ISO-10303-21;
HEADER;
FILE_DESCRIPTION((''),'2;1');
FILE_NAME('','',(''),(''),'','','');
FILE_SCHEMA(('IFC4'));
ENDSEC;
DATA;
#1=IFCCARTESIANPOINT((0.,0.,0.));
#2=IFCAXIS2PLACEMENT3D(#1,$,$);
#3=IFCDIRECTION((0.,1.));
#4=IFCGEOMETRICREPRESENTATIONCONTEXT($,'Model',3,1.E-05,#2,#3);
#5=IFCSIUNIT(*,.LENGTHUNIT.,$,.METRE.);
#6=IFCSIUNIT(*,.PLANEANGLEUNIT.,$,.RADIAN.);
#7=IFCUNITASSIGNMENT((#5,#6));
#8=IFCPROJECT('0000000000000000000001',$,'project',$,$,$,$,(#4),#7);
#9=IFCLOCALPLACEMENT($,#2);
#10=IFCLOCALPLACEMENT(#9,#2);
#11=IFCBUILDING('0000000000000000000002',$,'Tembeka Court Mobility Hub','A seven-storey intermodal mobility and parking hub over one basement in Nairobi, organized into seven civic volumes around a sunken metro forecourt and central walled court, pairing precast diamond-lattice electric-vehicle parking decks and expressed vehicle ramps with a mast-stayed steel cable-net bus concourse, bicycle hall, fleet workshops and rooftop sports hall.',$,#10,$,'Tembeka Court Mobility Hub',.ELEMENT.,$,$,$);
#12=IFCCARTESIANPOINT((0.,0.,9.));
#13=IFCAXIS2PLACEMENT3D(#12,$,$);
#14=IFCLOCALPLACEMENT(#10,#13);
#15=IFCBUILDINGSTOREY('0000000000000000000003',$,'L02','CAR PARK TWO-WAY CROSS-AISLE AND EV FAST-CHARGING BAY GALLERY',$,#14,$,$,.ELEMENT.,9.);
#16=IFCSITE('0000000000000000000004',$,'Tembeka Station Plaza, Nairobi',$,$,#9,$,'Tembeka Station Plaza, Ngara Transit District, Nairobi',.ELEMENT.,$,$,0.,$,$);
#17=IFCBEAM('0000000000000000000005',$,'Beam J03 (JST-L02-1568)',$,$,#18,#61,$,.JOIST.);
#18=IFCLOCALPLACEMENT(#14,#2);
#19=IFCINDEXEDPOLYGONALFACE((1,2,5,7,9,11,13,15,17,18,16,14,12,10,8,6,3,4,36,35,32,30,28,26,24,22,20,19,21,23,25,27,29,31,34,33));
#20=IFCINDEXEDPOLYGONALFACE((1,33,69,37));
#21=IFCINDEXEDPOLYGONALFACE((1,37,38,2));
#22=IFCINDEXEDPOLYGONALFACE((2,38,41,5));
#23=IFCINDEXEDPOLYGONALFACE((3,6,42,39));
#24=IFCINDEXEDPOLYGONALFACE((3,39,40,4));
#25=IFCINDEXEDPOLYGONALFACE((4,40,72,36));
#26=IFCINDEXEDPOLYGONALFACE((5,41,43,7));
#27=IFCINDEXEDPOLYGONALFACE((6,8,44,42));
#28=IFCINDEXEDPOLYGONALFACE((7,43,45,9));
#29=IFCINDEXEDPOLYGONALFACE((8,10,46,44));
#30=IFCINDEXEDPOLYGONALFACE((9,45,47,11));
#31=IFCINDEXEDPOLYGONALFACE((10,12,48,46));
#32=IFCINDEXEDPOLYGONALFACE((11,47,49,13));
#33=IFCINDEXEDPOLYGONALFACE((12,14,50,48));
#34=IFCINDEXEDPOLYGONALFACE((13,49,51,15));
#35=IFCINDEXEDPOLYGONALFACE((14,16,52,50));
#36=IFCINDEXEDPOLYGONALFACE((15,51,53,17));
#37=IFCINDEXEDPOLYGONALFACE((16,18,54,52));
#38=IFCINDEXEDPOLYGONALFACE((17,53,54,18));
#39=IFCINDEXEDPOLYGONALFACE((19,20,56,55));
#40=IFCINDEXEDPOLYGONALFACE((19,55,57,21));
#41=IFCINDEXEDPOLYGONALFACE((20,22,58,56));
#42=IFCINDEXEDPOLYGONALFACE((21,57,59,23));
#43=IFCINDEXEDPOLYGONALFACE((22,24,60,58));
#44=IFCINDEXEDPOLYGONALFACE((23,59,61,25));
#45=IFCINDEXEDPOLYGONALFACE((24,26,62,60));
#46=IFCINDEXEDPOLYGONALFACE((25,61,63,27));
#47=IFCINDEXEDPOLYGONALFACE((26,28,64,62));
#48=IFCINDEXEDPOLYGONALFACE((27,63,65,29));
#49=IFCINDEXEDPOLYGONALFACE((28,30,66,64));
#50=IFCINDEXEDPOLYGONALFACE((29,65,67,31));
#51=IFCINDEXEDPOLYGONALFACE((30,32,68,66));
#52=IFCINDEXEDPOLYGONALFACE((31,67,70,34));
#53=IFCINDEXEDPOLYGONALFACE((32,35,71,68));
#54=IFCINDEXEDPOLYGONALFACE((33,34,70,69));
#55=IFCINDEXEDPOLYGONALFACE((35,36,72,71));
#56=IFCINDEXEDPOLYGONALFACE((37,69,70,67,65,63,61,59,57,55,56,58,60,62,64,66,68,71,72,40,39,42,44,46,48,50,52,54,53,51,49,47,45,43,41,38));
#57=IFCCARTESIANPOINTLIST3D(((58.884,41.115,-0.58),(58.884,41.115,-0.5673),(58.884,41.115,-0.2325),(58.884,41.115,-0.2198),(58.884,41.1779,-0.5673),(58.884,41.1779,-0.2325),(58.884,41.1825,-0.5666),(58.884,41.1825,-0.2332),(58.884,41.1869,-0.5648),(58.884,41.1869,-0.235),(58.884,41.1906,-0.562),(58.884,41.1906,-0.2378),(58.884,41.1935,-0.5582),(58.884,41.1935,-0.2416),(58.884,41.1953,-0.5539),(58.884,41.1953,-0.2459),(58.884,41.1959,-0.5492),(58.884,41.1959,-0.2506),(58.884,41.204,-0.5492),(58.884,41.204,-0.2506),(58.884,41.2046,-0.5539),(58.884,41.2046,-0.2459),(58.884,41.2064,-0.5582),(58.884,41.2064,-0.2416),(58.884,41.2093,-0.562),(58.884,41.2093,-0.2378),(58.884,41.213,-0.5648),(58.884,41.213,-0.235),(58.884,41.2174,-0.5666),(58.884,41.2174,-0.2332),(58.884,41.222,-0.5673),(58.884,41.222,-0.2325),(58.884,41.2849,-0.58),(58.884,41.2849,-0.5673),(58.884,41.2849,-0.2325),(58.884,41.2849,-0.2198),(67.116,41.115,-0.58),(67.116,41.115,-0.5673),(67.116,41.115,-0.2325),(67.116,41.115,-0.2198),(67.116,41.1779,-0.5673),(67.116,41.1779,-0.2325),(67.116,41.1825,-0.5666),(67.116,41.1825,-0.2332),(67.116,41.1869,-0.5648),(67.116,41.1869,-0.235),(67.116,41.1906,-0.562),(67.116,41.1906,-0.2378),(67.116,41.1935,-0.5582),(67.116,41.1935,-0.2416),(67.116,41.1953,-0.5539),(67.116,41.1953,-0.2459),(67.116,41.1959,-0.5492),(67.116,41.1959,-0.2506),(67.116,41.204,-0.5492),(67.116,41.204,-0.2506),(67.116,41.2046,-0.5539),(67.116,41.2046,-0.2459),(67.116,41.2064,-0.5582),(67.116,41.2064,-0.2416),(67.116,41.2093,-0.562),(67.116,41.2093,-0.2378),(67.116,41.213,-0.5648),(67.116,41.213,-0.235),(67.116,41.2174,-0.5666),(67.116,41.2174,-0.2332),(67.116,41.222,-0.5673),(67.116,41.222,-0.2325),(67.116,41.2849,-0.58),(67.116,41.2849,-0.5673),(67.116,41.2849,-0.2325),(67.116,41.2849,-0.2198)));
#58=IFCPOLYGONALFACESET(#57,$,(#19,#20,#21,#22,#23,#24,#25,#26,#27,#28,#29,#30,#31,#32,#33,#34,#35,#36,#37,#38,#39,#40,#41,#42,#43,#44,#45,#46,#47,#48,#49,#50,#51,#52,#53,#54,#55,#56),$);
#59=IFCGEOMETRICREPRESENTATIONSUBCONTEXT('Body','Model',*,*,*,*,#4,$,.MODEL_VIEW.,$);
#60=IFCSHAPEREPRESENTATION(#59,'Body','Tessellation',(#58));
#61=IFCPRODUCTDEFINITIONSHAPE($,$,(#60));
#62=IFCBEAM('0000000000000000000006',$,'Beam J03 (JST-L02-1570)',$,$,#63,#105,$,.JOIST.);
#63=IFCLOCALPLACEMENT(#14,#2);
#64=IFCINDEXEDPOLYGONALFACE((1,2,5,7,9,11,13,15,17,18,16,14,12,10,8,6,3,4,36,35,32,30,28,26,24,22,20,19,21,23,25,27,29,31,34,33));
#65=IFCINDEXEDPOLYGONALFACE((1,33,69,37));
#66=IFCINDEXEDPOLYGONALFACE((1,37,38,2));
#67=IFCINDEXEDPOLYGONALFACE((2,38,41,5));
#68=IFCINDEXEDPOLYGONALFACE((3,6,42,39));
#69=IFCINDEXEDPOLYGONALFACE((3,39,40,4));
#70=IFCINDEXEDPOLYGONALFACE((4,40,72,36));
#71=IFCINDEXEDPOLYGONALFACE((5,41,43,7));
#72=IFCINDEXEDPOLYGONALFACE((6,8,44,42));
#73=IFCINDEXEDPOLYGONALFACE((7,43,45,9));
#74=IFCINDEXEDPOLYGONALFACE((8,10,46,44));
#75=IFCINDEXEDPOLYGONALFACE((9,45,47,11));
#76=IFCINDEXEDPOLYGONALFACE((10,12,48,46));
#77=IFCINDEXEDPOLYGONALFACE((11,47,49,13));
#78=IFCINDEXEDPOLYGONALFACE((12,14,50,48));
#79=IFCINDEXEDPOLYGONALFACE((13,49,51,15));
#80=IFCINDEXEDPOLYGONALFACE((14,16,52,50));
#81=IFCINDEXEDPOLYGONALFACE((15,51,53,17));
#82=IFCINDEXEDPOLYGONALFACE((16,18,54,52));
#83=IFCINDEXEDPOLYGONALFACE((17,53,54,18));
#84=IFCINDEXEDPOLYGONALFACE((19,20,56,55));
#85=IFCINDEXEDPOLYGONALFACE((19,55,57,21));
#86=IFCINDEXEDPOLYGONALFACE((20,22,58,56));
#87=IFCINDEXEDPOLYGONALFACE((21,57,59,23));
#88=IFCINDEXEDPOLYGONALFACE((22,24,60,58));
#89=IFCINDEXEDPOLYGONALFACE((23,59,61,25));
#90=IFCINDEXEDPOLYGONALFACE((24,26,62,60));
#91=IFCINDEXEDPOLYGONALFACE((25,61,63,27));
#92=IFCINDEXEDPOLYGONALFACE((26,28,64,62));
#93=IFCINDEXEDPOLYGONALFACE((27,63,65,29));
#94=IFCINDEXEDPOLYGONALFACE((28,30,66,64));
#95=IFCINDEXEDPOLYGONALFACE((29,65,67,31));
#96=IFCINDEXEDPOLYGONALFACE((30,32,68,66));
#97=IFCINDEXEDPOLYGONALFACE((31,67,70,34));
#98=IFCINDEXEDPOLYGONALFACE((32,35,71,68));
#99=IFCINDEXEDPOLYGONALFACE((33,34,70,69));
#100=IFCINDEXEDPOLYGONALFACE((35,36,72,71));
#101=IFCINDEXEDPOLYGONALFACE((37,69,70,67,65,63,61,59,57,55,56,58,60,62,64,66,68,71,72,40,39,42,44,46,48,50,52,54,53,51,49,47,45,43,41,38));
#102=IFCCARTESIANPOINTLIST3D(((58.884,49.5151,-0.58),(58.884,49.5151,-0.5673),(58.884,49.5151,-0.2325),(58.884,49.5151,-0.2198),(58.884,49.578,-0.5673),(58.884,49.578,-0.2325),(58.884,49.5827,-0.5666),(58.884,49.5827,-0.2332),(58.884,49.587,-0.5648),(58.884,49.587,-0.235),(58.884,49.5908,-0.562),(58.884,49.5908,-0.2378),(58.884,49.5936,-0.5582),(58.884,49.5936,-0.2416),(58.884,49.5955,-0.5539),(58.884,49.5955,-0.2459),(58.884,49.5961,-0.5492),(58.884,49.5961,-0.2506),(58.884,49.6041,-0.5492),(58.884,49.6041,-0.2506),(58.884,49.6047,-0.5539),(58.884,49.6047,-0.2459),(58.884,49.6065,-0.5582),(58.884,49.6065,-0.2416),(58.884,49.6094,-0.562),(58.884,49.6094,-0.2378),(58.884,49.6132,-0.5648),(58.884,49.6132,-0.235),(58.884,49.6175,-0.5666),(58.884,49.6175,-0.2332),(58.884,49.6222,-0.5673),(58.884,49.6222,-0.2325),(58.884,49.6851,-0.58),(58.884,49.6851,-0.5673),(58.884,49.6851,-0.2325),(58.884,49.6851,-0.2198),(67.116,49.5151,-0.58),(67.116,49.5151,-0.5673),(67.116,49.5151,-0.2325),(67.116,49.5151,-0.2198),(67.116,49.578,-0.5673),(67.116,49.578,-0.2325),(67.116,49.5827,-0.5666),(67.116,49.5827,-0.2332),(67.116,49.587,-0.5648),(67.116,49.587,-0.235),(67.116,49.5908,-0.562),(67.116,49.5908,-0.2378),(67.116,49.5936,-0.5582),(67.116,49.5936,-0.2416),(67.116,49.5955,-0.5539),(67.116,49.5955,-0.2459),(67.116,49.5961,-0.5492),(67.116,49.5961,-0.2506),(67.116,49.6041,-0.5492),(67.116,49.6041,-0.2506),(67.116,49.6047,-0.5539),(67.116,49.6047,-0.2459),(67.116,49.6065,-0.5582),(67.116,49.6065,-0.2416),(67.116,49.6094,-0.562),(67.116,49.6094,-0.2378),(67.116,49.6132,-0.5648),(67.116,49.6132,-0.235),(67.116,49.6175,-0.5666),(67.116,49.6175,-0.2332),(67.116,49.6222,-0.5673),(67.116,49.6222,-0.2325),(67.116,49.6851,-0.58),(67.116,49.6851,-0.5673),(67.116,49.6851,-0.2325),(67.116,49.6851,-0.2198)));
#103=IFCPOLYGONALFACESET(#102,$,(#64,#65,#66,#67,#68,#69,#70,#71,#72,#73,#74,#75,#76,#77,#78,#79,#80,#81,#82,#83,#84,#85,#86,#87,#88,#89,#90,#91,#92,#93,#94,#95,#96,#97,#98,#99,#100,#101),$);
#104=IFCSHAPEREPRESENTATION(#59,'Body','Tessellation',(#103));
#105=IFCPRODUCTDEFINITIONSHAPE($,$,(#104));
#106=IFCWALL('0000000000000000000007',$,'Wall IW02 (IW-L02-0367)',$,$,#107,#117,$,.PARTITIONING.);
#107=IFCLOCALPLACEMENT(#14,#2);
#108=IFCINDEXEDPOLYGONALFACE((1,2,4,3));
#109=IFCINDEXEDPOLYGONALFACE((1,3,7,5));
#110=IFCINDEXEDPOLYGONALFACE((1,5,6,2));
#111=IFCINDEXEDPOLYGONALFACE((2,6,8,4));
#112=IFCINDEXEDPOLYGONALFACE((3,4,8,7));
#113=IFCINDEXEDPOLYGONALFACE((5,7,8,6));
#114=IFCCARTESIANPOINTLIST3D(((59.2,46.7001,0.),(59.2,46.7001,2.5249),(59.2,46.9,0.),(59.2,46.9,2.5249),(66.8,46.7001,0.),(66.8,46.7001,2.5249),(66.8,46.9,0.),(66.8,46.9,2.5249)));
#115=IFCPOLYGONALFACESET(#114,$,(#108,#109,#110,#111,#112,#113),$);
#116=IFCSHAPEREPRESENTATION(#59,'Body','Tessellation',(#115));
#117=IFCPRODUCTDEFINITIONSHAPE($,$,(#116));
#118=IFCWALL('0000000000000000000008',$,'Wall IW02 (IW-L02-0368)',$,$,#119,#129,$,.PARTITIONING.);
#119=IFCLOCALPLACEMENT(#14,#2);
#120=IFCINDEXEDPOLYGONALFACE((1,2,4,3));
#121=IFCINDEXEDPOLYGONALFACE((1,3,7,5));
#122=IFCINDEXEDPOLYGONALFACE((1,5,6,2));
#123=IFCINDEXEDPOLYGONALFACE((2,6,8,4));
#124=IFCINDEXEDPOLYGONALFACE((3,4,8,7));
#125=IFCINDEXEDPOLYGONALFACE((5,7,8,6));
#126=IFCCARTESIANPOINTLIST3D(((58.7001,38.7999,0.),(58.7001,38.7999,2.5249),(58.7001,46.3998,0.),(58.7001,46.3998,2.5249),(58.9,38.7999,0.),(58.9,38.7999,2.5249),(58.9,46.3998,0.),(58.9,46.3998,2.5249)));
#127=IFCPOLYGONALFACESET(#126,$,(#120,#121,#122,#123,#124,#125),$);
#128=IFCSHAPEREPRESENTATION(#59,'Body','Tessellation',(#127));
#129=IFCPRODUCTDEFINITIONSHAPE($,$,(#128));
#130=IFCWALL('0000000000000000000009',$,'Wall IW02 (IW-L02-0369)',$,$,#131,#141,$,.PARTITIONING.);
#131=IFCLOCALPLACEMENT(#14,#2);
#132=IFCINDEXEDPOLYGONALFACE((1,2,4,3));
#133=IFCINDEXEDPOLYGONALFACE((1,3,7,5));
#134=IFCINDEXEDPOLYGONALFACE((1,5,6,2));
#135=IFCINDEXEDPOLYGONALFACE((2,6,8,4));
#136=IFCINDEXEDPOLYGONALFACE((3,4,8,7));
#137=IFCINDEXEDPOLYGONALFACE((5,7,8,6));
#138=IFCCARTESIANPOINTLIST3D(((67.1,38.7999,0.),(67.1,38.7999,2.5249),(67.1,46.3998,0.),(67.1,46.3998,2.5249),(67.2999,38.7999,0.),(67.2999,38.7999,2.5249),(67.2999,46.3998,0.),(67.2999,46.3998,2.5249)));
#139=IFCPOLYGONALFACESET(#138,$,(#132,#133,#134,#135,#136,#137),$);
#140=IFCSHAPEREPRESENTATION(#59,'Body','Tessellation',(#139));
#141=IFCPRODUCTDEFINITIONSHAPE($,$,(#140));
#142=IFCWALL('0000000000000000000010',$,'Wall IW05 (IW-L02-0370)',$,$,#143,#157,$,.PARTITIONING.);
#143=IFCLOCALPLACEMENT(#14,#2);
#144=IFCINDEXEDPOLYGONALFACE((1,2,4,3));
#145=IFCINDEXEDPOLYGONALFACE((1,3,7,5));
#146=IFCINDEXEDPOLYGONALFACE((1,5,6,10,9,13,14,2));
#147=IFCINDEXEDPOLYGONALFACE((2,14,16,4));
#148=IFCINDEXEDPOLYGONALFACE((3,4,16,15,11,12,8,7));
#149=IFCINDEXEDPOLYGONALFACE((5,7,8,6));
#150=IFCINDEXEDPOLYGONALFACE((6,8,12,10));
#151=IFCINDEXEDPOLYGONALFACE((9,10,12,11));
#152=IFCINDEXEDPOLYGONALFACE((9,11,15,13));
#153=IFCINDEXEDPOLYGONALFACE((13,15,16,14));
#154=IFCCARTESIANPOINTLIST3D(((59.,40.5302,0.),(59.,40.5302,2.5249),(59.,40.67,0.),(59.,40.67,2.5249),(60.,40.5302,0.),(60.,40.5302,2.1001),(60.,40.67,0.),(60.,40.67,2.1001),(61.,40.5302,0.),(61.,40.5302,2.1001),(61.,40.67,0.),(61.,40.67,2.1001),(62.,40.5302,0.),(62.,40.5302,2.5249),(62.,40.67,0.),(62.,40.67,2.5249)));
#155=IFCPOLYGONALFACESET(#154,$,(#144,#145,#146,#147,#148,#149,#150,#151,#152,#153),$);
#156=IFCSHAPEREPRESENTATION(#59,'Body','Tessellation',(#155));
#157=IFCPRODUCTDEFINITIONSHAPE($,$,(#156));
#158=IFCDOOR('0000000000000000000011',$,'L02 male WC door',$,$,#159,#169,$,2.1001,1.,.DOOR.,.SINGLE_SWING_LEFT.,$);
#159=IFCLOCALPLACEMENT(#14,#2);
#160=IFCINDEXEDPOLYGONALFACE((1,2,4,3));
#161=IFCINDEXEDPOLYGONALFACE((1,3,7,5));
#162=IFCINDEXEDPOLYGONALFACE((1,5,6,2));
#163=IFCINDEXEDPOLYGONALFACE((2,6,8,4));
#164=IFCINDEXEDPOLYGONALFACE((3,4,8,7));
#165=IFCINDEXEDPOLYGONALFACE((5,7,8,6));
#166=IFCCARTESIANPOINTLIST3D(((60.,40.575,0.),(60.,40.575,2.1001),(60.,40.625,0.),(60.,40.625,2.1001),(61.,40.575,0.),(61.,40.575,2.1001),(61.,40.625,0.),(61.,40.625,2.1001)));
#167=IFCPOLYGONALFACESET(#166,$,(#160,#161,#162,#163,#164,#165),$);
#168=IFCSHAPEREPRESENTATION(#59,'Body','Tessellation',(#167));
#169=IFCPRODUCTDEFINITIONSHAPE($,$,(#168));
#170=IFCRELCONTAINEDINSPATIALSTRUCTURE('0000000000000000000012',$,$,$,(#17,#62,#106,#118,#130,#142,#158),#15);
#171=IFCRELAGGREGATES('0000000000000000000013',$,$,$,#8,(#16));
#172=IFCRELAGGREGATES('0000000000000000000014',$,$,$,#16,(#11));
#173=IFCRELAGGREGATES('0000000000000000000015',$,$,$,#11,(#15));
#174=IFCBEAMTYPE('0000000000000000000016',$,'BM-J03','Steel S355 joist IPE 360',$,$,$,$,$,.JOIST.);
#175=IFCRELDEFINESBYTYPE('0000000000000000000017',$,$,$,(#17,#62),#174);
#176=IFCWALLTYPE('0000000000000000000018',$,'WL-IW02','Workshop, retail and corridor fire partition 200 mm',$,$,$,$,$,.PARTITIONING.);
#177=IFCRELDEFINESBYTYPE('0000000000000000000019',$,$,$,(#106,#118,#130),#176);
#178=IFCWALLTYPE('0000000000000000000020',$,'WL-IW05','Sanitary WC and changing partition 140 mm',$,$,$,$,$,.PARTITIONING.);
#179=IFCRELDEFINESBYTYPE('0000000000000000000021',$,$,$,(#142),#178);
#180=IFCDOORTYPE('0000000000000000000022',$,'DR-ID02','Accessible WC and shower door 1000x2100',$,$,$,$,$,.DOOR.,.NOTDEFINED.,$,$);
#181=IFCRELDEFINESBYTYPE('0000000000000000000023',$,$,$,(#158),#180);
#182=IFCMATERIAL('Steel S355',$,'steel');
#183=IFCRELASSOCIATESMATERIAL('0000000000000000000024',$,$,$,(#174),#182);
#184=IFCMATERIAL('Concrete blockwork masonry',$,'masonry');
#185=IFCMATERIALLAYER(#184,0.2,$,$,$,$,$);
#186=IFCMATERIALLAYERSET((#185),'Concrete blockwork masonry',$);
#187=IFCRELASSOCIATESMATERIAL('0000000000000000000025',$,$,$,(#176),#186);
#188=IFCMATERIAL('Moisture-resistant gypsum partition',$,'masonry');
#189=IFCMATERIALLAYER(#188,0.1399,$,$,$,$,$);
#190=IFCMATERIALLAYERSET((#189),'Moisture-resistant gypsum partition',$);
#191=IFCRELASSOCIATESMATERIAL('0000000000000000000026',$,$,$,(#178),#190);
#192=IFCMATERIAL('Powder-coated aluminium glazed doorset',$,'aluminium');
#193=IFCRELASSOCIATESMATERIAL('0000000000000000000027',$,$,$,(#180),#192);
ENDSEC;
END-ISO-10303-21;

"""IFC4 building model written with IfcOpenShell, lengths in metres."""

from ifc_helpers import new_model, si_unit, direction, frame, frame_2d, origin, origin_2d, place, context, subcontext, project, spatial, rectangle, i_section, extrude, material, layer, layer_set, material_profile, profile_set, type_object, element, fill, save


model = new_model("IFC4")

# Units and contexts
model_context = context("Model", 3, precision=1e-05, world=origin(), true_north=direction((0.0, 1.0)))
body_context = subcontext(model_context, "Body", "Model", "MODEL_VIEW")
ifc_project = project(units=[si_unit("LENGTHUNIT", "METRE"), si_unit("PLANEANGLEUNIT", "RADIAN")], contexts=[model_context])

# Site, building, storey
site_placement = place(None, origin())
site = spatial("IfcSite", under=ifc_project, at=site_placement, Name="Tembeka Station Plaza, Nairobi", LongName="Tembeka Station Plaza, Ngara Transit District, Nairobi", CompositionType="ELEMENT", RefElevation=0.0)
building_placement = place(site_placement, origin())
building = spatial("IfcBuilding", under=site, at=building_placement, Name="Tembeka Court Mobility Hub", Description="A seven-storey intermodal mobility and parking hub over one basement in Nairobi, organized into seven civic volumes around a sunken metro forecourt and central walled court, pairing precast diamond-lattice electric-vehicle parking decks and expressed vehicle ramps with a mast-stayed steel cable-net bus concourse, bicycle hall, fleet workshops and rooftop sports hall.", LongName="Tembeka Court Mobility Hub", CompositionType="ELEMENT")
storey_placement = place(building_placement, frame((0.0, 0.0, 9.0)))
storey = spatial("IfcBuildingStorey", under=building, at=storey_placement, Name="L02", Description="CAR PARK TWO-WAY CROSS-AISLE AND EV FAST-CHARGING BAY GALLERY", CompositionType="ELEMENT", Elevation=9.0)

# Shared definitions
ifc_material_1 = material(Name="Steel S355", Category="steel")

# Beams
ifc_material_profile_1 = material_profile(ifc_material_1, i_section(OverallWidth=0.1699, OverallDepth=0.3601, WebThickness=0.0081, FlangeThickness=0.0127, FilletRadius=0.0181, at=origin_2d()), Name="IPE 360")
ifc_profile_set_1 = profile_set([ifc_material_profile_1], Name="Steel S355")
beam_type_1 = type_object("IfcBeamType", Name="BM-J03", Description="Steel S355 joist IPE 360", PredefinedType="JOIST", material=ifc_profile_set_1)
for number, where, z_axis, x_axis, name in (
    (1, (58.884, 41.2, -0.3999), (1.0, 0.0, 0.0), (0.0, 1.0, 0.0), "Beam J03 (JST-L02-1568)"),
    (2, (58.884, 49.6001, -0.3999), (1.0, 0.0, 0.0), (0.0, 1.0, 0.0), "Beam J03 (JST-L02-1570)"),
):
    element("IfcBeam", number, at=place(storey_placement, frame(where, z_axis=z_axis, x_axis=x_axis)), inside=storey, type_object=beam_type_1, Name=name, PredefinedType="JOIST", context=body_context, shape_type="SweptSolid", body=[
        extrude(i_section(OverallWidth=0.1699, OverallDepth=0.3601, WebThickness=0.0081, FlangeThickness=0.0127, FilletRadius=0.0181, at=origin_2d()), origin(), (0.0, 0.0, 1.0), 8.2319),
    ])

# Walls
ifc_material_2 = material(Name="Concrete blockwork masonry", Category="masonry")
ifc_layer_1 = layer(ifc_material_2, 0.2)
ifc_layer_set_1 = layer_set([ifc_layer_1], Name="Concrete blockwork masonry")
wall_type_1 = type_object("IfcWallType", Name="WL-IW02", Description="Workshop, retail and corridor fire partition 200 mm", PredefinedType="PARTITIONING", material=ifc_layer_set_1)
wall_1_placement = place(storey_placement, frame((59.2, 46.8, 0.0), z_axis=(0.0, 0.0, 1.0), x_axis=(1.0, 0.0, 0.0)))
element("IfcWall", 3, at=wall_1_placement, inside=storey, type_object=wall_type_1, Name="Wall IW02 (IW-L02-0367)", PredefinedType="PARTITIONING", context=body_context, shape_type="SweptSolid", body=[
    extrude(rectangle(XDim=7.6001, YDim=0.2, at=frame_2d((3.8, 0.0))), origin(), (0.0, 0.0, 1.0), 2.5249),
])
for number, where, z_axis, x_axis, name in (
    (4, (58.8, 38.8, 0.0), (0.0, 0.0, 1.0), (0.0, 1.0, 0.0), "Wall IW02 (IW-L02-0368)"),
    (5, (67.2, 38.8, 0.0), (0.0, 0.0, 1.0), (0.0, 1.0, 0.0), "Wall IW02 (IW-L02-0369)"),
):
    element("IfcWall", number, at=place(storey_placement, frame(where, z_axis=z_axis, x_axis=x_axis)), inside=storey, type_object=wall_type_1, Name=name, PredefinedType="PARTITIONING", context=body_context, shape_type="SweptSolid", body=[
        extrude(rectangle(XDim=7.5999, YDim=0.2, at=frame_2d((3.7998, 0.0))), origin(), (0.0, 0.0, 1.0), 2.5249),
    ])

# Wall, opening, door
ifc_material_3 = material(Name="Moisture-resistant gypsum partition", Category="masonry")
ifc_layer_2 = layer(ifc_material_3, 0.1399)
ifc_layer_set_2 = layer_set([ifc_layer_2], Name="Moisture-resistant gypsum partition")
wall_type_2 = type_object("IfcWallType", Name="WL-IW05", Description="Sanitary WC and changing partition 140 mm", PredefinedType="PARTITIONING", material=ifc_layer_set_2)
wall_2_placement = place(storey_placement, frame((59.0, 40.6001, 0.0), z_axis=(0.0, 0.0, 1.0), x_axis=(1.0, 0.0, 0.0)))
wall_2 = element("IfcWall", 6, at=wall_2_placement, inside=storey, type_object=wall_type_2, Name="Wall IW05 (IW-L02-0370)", PredefinedType="PARTITIONING", context=body_context, shape_type="SweptSolid", body=[
    extrude(rectangle(XDim=3.0, YDim=0.1399, at=frame_2d((1.5, 0.0))), origin(), (0.0, 0.0, 1.0), 2.5249),
])
opening_1_placement = place(wall_2_placement, frame((1.0, 0.0, 0.0)))
opening_1 = element("IfcOpeningElement", 7, at=opening_1_placement, cuts=wall_2, PredefinedType="OPENING", context=body_context, shape_type="SweptSolid", body=[
    extrude(rectangle(XDim=1.0, YDim=2.1001, at=frame_2d((0.5, 1.05))), frame((0.0, 0.0801, 0.0), z_axis=(0.0, -1.0, 0.0), x_axis=(1.0, 0.0, 0.0)), (0.0, 0.0, 1.0), 0.1599),
])
ifc_material_4 = material(Name="Powder-coated aluminium glazed doorset", Category="aluminium")
door_type_1 = type_object("IfcDoorType", Name="DR-ID02", Description="Accessible WC and shower door 1000x2100", OperationType="NOTDEFINED", PredefinedType="DOOR", material=ifc_material_4)
door_1_placement = place(opening_1_placement, origin())
door_1 = element("IfcDoor", 8, at=door_1_placement, inside=storey, type_object=door_type_1, Name="L02 male WC door", OperationType="SINGLE_SWING_LEFT", OverallHeight=2.1001, OverallWidth=1.0, PredefinedType="DOOR", context=body_context, shape_type="SweptSolid", body=[
    extrude(rectangle(XDim=1.0, YDim=2.1001, at=frame_2d((0.5, 1.05))), frame((0.0, 0.0249, 0.0), z_axis=(0.0, -1.0, 0.0), x_axis=(1.0, 0.0, 0.0)), (0.0, 0.0, 1.0), 0.05),
])
fill(opening_1, door_1)

save(model, "model.ifc")
